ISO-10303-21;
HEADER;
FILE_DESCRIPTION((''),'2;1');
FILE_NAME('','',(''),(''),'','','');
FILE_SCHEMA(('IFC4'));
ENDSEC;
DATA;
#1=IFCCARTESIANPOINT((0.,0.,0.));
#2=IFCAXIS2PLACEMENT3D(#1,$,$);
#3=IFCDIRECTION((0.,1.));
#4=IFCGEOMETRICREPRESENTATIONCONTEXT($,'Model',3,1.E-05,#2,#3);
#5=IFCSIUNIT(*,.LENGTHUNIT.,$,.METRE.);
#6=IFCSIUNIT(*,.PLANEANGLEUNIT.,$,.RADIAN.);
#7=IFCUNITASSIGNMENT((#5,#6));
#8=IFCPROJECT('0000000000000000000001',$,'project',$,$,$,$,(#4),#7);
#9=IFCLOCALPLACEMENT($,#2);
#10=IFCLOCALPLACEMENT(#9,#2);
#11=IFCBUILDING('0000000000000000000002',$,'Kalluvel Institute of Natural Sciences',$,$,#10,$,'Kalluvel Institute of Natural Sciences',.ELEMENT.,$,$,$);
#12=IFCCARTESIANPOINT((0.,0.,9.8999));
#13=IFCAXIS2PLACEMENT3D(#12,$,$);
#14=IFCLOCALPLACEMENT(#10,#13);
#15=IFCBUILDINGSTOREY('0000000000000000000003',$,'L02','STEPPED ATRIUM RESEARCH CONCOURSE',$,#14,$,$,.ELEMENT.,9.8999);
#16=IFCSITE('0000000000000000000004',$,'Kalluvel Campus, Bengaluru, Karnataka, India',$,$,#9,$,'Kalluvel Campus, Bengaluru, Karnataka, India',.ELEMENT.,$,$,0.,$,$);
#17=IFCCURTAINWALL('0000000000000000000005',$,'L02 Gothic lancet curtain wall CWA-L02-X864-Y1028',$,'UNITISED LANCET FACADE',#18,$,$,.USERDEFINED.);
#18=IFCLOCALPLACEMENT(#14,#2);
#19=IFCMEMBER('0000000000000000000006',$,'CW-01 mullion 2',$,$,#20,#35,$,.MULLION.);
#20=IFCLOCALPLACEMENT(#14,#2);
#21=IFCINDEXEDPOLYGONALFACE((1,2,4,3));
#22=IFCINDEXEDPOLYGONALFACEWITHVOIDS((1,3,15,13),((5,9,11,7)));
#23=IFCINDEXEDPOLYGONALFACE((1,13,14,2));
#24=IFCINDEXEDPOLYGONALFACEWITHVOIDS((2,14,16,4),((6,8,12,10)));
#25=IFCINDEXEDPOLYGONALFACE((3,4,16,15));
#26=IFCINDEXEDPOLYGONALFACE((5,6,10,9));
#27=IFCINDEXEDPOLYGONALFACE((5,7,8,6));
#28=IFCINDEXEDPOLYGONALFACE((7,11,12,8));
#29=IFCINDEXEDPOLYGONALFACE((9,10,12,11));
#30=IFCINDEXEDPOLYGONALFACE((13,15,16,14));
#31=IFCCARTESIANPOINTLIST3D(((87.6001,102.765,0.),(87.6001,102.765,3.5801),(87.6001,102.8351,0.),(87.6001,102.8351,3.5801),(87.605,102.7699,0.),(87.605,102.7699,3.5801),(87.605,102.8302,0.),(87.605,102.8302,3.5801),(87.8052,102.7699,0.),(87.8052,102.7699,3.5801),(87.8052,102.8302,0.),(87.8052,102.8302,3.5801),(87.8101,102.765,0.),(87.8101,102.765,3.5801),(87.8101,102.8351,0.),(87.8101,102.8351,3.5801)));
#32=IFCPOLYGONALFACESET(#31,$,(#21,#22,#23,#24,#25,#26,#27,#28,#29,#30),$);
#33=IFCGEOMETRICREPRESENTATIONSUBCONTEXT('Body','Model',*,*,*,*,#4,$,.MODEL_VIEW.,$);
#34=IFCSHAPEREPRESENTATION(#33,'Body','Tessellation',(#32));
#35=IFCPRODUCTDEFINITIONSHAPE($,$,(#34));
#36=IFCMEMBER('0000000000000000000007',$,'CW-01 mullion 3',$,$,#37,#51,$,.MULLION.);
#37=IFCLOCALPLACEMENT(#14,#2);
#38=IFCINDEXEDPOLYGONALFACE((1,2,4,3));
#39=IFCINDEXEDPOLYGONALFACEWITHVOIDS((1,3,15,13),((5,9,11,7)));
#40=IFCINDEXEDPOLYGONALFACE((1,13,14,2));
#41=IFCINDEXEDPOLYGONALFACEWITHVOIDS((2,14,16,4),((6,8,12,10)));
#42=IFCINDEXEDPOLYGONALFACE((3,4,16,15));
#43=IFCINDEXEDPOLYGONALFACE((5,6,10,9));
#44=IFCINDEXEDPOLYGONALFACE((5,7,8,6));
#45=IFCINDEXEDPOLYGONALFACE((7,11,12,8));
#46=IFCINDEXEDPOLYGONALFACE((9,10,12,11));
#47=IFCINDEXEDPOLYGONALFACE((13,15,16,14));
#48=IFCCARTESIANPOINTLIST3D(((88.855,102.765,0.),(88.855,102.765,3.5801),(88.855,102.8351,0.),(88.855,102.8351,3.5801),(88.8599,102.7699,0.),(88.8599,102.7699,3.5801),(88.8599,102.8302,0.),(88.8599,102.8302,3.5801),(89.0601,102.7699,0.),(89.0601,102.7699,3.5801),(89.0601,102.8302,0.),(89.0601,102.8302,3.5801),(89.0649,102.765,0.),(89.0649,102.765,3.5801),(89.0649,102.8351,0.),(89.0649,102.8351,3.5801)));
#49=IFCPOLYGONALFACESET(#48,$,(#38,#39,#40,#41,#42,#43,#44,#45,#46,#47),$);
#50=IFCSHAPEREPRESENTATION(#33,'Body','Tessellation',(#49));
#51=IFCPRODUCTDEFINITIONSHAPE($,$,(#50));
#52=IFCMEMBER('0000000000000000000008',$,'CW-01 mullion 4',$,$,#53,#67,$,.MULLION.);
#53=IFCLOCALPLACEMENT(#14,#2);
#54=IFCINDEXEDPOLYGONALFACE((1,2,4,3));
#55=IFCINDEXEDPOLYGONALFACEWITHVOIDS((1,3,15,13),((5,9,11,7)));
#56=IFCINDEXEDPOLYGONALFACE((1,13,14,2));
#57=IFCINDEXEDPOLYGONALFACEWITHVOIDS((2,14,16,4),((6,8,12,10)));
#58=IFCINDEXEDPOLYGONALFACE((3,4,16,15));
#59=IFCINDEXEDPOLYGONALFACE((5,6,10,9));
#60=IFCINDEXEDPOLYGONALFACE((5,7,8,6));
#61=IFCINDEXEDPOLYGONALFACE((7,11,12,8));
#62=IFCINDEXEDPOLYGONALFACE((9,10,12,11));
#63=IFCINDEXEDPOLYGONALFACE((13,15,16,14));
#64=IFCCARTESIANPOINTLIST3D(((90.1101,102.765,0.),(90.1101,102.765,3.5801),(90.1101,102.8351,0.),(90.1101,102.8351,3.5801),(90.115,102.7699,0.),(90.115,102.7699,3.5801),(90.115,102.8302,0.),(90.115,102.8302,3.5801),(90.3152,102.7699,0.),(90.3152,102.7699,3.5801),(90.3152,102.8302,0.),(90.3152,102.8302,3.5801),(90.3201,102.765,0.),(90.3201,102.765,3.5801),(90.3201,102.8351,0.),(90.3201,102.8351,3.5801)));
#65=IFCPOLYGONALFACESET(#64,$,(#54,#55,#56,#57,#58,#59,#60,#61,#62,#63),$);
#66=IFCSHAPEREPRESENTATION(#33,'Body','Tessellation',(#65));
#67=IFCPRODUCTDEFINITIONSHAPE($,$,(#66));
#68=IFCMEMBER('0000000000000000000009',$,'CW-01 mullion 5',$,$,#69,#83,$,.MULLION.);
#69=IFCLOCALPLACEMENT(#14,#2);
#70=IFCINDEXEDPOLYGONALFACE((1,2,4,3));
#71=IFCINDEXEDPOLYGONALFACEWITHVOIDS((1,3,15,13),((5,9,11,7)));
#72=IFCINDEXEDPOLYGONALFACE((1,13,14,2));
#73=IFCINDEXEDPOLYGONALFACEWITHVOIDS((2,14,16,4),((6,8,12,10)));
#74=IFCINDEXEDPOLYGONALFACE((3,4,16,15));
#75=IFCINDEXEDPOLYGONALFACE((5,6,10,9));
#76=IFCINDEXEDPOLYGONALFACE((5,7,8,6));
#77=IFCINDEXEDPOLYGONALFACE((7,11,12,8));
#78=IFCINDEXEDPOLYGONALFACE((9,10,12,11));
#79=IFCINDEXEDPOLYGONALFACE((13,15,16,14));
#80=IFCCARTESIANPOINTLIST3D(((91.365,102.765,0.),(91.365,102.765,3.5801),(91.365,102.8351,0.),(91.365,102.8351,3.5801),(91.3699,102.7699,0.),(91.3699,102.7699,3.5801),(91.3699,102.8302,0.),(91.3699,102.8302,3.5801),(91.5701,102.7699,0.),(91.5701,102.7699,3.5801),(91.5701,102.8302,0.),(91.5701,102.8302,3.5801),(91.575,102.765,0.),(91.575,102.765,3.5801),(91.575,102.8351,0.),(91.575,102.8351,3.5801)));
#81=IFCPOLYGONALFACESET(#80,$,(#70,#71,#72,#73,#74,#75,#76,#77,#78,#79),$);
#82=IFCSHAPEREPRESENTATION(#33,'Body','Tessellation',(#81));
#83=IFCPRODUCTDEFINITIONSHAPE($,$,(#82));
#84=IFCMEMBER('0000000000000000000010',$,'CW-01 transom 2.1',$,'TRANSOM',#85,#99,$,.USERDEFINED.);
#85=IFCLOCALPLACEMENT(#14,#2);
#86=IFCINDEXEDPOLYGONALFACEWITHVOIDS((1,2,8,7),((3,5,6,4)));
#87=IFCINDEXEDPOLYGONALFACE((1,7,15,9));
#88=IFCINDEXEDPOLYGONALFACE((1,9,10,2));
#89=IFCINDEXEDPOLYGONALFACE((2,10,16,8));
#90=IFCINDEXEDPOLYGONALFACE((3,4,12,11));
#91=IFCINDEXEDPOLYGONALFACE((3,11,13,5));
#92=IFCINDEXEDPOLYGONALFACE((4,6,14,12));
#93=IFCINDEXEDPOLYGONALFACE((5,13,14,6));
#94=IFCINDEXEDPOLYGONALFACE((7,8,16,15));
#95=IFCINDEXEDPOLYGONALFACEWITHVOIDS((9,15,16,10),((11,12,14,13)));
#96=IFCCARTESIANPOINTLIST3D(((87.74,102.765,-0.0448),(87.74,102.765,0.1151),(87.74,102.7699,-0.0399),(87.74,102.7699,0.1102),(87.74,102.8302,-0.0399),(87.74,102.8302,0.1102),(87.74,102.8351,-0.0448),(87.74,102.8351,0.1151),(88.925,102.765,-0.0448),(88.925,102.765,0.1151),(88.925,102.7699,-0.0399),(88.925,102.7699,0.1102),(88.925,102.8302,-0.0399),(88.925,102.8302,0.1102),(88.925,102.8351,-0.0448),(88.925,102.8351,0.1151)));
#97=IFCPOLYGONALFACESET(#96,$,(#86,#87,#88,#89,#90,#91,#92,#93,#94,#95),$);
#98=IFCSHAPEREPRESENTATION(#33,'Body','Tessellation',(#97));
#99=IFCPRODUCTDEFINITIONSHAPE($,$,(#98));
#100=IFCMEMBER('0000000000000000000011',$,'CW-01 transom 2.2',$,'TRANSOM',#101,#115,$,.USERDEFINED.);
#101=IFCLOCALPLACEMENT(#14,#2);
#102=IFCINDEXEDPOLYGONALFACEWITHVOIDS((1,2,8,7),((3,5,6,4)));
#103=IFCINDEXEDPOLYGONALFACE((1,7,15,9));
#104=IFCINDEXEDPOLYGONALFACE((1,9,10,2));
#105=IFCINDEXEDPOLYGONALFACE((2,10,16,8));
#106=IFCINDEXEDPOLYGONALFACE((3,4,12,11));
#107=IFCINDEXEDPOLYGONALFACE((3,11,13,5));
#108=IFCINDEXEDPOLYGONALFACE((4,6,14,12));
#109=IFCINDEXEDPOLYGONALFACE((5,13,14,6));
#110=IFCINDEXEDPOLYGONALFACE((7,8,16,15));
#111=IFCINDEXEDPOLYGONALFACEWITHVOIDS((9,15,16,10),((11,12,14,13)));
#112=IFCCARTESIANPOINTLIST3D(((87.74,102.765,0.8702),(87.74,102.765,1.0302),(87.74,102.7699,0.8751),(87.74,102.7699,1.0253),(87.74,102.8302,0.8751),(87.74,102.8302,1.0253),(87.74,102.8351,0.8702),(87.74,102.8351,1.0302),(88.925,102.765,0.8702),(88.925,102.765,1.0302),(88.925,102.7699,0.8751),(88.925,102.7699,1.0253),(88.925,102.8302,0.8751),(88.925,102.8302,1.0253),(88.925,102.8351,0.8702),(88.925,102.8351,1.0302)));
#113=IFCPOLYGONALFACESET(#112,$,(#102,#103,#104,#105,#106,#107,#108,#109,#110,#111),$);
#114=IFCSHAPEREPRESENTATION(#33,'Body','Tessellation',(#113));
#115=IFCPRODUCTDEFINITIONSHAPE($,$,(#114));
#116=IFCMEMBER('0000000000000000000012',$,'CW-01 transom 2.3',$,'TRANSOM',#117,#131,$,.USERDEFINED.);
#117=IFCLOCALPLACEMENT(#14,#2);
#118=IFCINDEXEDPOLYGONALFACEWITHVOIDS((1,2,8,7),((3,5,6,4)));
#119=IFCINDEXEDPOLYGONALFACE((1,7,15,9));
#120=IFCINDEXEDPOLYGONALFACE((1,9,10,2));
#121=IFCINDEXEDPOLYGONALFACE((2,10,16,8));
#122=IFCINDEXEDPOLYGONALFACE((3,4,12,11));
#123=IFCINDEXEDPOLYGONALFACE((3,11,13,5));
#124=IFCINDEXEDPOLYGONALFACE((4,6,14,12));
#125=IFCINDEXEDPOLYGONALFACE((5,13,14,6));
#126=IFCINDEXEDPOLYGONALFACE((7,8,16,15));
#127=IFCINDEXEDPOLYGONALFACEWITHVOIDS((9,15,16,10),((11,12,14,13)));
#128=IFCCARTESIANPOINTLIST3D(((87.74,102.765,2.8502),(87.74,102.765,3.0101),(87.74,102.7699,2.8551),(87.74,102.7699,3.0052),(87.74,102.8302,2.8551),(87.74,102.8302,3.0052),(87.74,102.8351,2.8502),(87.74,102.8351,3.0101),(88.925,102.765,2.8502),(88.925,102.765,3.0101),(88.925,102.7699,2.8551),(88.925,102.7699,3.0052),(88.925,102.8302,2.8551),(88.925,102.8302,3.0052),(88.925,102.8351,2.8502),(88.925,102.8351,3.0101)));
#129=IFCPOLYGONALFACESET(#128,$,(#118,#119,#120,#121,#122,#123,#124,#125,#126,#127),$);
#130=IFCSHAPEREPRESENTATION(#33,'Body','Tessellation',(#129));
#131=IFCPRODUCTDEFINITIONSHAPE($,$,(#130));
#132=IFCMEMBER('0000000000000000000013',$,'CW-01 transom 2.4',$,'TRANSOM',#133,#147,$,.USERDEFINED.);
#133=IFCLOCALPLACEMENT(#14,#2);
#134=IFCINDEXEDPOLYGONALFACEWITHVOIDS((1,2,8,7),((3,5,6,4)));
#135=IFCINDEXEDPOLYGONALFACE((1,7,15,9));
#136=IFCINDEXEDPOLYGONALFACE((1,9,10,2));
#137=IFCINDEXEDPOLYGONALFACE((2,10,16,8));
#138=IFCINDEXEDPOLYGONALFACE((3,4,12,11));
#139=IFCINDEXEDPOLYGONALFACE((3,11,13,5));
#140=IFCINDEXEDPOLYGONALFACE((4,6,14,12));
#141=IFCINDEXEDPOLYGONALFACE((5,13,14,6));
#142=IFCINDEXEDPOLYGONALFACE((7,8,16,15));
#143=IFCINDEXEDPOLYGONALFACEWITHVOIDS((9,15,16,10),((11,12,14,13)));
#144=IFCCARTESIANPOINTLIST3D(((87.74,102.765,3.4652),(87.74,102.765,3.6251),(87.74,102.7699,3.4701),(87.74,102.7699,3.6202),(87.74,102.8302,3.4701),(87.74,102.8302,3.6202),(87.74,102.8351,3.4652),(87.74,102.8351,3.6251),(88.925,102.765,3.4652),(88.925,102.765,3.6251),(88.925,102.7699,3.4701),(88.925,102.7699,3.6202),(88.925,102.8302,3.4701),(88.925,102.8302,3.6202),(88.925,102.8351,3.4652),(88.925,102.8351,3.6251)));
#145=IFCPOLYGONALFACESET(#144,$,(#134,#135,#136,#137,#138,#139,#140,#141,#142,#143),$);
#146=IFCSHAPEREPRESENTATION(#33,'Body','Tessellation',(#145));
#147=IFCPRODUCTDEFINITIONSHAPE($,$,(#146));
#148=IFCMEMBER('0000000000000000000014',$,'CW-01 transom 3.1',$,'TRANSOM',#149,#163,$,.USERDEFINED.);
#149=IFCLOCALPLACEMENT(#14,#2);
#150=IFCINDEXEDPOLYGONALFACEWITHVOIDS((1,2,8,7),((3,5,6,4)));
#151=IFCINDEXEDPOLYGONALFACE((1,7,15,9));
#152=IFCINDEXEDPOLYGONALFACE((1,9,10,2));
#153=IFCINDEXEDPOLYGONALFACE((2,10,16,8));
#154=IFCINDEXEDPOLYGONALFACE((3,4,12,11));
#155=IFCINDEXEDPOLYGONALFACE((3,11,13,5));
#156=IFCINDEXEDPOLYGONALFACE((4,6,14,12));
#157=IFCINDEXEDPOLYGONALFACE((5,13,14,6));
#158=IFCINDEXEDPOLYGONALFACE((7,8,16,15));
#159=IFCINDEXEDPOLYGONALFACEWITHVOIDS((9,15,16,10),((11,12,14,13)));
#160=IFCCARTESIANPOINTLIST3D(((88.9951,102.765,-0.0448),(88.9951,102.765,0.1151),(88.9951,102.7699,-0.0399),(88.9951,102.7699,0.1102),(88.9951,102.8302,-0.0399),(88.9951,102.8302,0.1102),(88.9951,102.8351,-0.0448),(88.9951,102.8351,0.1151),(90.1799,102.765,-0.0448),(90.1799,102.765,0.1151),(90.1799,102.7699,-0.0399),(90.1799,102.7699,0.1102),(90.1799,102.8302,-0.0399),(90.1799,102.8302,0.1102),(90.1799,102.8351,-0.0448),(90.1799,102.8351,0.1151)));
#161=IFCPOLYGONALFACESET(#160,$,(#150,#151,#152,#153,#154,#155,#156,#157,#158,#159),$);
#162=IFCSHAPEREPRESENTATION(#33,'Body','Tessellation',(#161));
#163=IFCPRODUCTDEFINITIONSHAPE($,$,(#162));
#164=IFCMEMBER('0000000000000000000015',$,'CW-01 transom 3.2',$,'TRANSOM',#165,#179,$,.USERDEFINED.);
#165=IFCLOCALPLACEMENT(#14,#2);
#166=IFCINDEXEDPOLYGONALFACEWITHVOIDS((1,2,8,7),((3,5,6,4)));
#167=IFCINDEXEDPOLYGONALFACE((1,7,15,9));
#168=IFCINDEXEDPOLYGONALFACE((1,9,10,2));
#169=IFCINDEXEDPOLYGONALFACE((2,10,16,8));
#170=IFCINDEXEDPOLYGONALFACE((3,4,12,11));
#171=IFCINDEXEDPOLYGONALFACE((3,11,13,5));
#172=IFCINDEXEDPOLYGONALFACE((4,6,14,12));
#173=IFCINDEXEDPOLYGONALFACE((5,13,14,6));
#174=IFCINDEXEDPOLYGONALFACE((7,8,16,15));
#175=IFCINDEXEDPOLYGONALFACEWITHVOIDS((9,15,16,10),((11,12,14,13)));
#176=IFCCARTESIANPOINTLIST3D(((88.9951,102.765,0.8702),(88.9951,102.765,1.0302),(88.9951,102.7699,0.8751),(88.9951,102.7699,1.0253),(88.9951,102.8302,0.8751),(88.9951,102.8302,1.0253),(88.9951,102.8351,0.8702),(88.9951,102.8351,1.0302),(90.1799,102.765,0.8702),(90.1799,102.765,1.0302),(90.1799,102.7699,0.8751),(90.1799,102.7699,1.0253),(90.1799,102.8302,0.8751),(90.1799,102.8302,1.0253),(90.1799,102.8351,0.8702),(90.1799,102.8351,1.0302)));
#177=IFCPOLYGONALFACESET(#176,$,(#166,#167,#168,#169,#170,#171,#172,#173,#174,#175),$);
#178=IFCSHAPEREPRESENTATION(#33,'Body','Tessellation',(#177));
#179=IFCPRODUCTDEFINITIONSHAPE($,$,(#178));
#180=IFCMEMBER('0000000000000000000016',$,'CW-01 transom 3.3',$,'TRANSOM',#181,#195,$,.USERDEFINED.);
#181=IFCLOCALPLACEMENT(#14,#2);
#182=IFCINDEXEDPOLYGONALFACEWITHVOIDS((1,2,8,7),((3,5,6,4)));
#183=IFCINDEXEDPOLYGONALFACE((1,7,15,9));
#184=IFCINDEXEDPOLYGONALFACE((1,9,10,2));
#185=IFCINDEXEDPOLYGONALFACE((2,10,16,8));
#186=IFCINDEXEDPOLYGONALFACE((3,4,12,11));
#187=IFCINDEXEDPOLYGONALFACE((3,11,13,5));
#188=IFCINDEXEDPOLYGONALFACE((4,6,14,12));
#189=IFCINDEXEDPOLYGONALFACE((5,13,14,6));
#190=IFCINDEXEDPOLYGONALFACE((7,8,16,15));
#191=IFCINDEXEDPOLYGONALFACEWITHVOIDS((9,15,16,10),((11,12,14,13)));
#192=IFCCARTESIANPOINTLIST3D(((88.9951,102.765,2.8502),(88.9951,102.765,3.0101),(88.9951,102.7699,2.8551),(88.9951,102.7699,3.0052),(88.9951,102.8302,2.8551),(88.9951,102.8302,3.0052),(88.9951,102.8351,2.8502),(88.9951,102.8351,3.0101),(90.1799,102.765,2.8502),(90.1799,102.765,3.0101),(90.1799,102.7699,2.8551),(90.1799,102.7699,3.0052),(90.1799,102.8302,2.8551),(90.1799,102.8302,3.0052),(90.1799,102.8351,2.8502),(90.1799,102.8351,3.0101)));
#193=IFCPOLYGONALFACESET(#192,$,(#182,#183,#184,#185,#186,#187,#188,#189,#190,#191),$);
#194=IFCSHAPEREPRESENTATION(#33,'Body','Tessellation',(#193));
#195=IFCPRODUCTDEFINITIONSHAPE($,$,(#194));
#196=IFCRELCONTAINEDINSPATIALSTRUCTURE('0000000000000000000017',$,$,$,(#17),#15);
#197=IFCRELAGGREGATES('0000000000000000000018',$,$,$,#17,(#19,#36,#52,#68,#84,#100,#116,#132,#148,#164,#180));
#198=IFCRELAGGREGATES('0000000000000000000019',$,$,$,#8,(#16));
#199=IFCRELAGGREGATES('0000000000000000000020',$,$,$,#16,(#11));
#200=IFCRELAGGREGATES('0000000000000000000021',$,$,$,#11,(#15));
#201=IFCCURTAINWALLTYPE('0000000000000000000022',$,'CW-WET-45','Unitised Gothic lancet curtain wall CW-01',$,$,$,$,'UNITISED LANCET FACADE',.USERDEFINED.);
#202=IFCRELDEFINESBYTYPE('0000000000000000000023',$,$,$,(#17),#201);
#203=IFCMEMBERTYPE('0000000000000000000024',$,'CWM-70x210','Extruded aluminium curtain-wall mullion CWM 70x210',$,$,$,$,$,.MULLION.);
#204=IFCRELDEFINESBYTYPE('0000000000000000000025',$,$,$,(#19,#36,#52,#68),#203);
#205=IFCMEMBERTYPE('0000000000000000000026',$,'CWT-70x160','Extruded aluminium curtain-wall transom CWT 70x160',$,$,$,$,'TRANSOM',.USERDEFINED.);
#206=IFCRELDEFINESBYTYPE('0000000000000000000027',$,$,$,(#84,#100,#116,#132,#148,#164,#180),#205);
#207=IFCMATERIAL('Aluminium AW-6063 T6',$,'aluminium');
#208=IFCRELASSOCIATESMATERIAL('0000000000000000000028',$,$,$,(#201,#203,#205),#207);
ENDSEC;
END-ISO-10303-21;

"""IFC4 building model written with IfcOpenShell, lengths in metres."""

from ifc_helpers import new_model, si_unit, direction, frame, origin, origin_2d, place, context, subcontext, project, spatial, hollow_rectangle, extrude, material, material_profile, profile_set, type_object, element, aggregate, save


model = new_model("IFC4")

# Units and contexts
model_context = context("Model", 3, precision=1e-05, world=origin(), true_north=direction((0.0, 1.0)))
body_context = subcontext(model_context, "Body", "Model", "MODEL_VIEW")
ifc_project = project(units=[si_unit("LENGTHUNIT", "METRE"), si_unit("PLANEANGLEUNIT", "RADIAN")], contexts=[model_context])

# Site, building, storey
site_placement = place(None, origin())
site = spatial("IfcSite", under=ifc_project, at=site_placement, Name="Kalluvel Campus, Bengaluru, Karnataka, India", LongName="Kalluvel Campus, Bengaluru, Karnataka, India", CompositionType="ELEMENT", RefElevation=0.0)
building_placement = place(site_placement, origin())
building = spatial("IfcBuilding", under=site, at=building_placement, Name="Kalluvel Institute of Natural Sciences", LongName="Kalluvel Institute of Natural Sciences", CompositionType="ELEMENT")
storey_placement = place(building_placement, frame((0.0, 0.0, 9.8999)))
storey = spatial("IfcBuildingStorey", under=building, at=storey_placement, Name="L02", Description="STEPPED ATRIUM RESEARCH CONCOURSE", CompositionType="ELEMENT", Elevation=9.8999)

# Curtain wall, members
ifc_material_1 = material(Name="Aluminium AW-6063 T6", Category="aluminium")
curtain_wall_type = type_object("IfcCurtainWallType", Name="CW-WET-45", Description="Unitised Gothic lancet curtain wall CW-01", ElementType="UNITISED LANCET FACADE", PredefinedType="USERDEFINED", material=ifc_material_1)
curtain_wall_placement = place(storey_placement, origin())
curtain_wall = element("IfcCurtainWall", 1, at=curtain_wall_placement, inside=storey, type_object=curtain_wall_type, Name="L02 Gothic lancet curtain wall CWA-L02-X864-Y1028", ObjectType="UNITISED LANCET FACADE", PredefinedType="USERDEFINED")
ifc_material_profile_1 = material_profile(ifc_material_1, hollow_rectangle(XDim=0.0701, YDim=0.21, WallThickness=0.0049, at=origin_2d()), Name="CWM 70x210")
ifc_profile_set_1 = profile_set([ifc_material_profile_1], Name="Aluminium AW-6063 T6")
member_type_1 = type_object("IfcMemberType", Name="CWM-70x210", Description="Extruded aluminium curtain-wall mullion CWM 70x210", PredefinedType="MULLION", material=ifc_profile_set_1)
member_1_placement = place(storey_placement, frame((87.7051, 102.8, 0.0), z_axis=(0.0, 0.0, 1.0), x_axis=(0.0, 1.0, 0.0)))
member_1 = element("IfcMember", 2, at=member_1_placement, type_object=member_type_1, Name="CW-01 mullion 2", PredefinedType="MULLION", context=body_context, shape_type="SweptSolid", body=[
    extrude(hollow_rectangle(XDim=0.0701, YDim=0.21, WallThickness=0.0049, at=origin_2d()), origin(), (0.0, 0.0, 1.0), 3.5801),
])
member_2_placement = place(storey_placement, frame((88.96, 102.8, 0.0), z_axis=(0.0, 0.0, 1.0), x_axis=(0.0, 1.0, 0.0)))
member_2 = element("IfcMember", 3, at=member_2_placement, type_object=member_type_1, Name="CW-01 mullion 3", PredefinedType="MULLION", context=body_context, shape_type="SweptSolid", body=[
    extrude(hollow_rectangle(XDim=0.0701, YDim=0.21, WallThickness=0.0049, at=origin_2d()), origin(), (0.0, 0.0, 1.0), 3.5801),
])
member_3_placement = place(storey_placement, frame((90.2151, 102.8, 0.0), z_axis=(0.0, 0.0, 1.0), x_axis=(0.0, 1.0, 0.0)))
member_3 = element("IfcMember", 4, at=member_3_placement, type_object=member_type_1, Name="CW-01 mullion 4", PredefinedType="MULLION", context=body_context, shape_type="SweptSolid", body=[
    extrude(hollow_rectangle(XDim=0.0701, YDim=0.21, WallThickness=0.0049, at=origin_2d()), origin(), (0.0, 0.0, 1.0), 3.5801),
])
member_4_placement = place(storey_placement, frame((91.47, 102.8, 0.0), z_axis=(0.0, 0.0, 1.0), x_axis=(0.0, 1.0, 0.0)))
member_4 = element("IfcMember", 5, at=member_4_placement, type_object=member_type_1, Name="CW-01 mullion 5", PredefinedType="MULLION", context=body_context, shape_type="SweptSolid", body=[
    extrude(hollow_rectangle(XDim=0.0701, YDim=0.21, WallThickness=0.0049, at=origin_2d()), origin(), (0.0, 0.0, 1.0), 3.5801),
])
ifc_material_profile_2 = material_profile(ifc_material_1, hollow_rectangle(XDim=0.0701, YDim=0.1599, WallThickness=0.0049, at=origin_2d()), Name="CWT 70x160")
ifc_profile_set_2 = profile_set([ifc_material_profile_2], Name="Aluminium AW-6063 T6")
member_type_2 = type_object("IfcMemberType", Name="CWT-70x160", Description="Extruded aluminium curtain-wall transom CWT 70x160", ElementType="TRANSOM", PredefinedType="USERDEFINED", material=ifc_profile_set_2)
member_5_placement = place(storey_placement, frame((87.74, 102.8, 0.0352), z_axis=(1.0, 0.0, 0.0), x_axis=(0.0, 1.0, 0.0)))
member_5 = element("IfcMember", 6, at=member_5_placement, type_object=member_type_2, Name="CW-01 transom 2.1", ObjectType="TRANSOM", PredefinedType="USERDEFINED", context=body_context, shape_type="SweptSolid", body=[
    extrude(hollow_rectangle(XDim=0.0701, YDim=0.1599, WallThickness=0.0049, at=origin_2d()), origin(), (0.0, 0.0, 1.0), 1.1851),
])
member_6_placement = place(storey_placement, frame((87.74, 102.8, 0.9502), z_axis=(1.0, 0.0, 0.0), x_axis=(0.0, 1.0, 0.0)))
member_6 = element("IfcMember", 7, at=member_6_placement, type_object=member_type_2, Name="CW-01 transom 2.2", ObjectType="TRANSOM", PredefinedType="USERDEFINED", context=body_context, shape_type="SweptSolid", body=[
    extrude(hollow_rectangle(XDim=0.0701, YDim=0.1599, WallThickness=0.0049, at=origin_2d()), origin(), (0.0, 0.0, 1.0), 1.1851),
])
member_7_placement = place(storey_placement, frame((87.74, 102.8, 2.9302), z_axis=(1.0, 0.0, 0.0), x_axis=(0.0, 1.0, 0.0)))
member_7 = element("IfcMember", 8, at=member_7_placement, type_object=member_type_2, Name="CW-01 transom 2.3", ObjectType="TRANSOM", PredefinedType="USERDEFINED", context=body_context, shape_type="SweptSolid", body=[
    extrude(hollow_rectangle(XDim=0.0701, YDim=0.1599, WallThickness=0.0049, at=origin_2d()), origin(), (0.0, 0.0, 1.0), 1.1851),
])
member_8_placement = place(storey_placement, frame((87.74, 102.8, 3.5452), z_axis=(1.0, 0.0, 0.0), x_axis=(0.0, 1.0, 0.0)))
member_8 = element("IfcMember", 9, at=member_8_placement, type_object=member_type_2, Name="CW-01 transom 2.4", ObjectType="TRANSOM", PredefinedType="USERDEFINED", context=body_context, shape_type="SweptSolid", body=[
    extrude(hollow_rectangle(XDim=0.0701, YDim=0.1599, WallThickness=0.0049, at=origin_2d()), origin(), (0.0, 0.0, 1.0), 1.1851),
])
member_9_placement = place(storey_placement, frame((88.9951, 102.8, 0.0352), z_axis=(1.0, 0.0, 0.0), x_axis=(0.0, 1.0, 0.0)))
member_9 = element("IfcMember", 10, at=member_9_placement, type_object=member_type_2, Name="CW-01 transom 3.1", ObjectType="TRANSOM", PredefinedType="USERDEFINED", context=body_context, shape_type="SweptSolid", body=[
    extrude(hollow_rectangle(XDim=0.0701, YDim=0.1599, WallThickness=0.0049, at=origin_2d()), origin(), (0.0, 0.0, 1.0), 1.1848),
])
member_10_placement = place(storey_placement, frame((88.9951, 102.8, 0.9502), z_axis=(1.0, 0.0, 0.0), x_axis=(0.0, 1.0, 0.0)))
member_10 = element("IfcMember", 11, at=member_10_placement, type_object=member_type_2, Name="CW-01 transom 3.2", ObjectType="TRANSOM", PredefinedType="USERDEFINED", context=body_context, shape_type="SweptSolid", body=[
    extrude(hollow_rectangle(XDim=0.0701, YDim=0.1599, WallThickness=0.0049, at=origin_2d()), origin(), (0.0, 0.0, 1.0), 1.1848),
])
member_11_placement = place(storey_placement, frame((88.9951, 102.8, 2.9302), z_axis=(1.0, 0.0, 0.0), x_axis=(0.0, 1.0, 0.0)))
member_11 = element("IfcMember", 12, at=member_11_placement, type_object=member_type_2, Name="CW-01 transom 3.3", ObjectType="TRANSOM", PredefinedType="USERDEFINED", context=body_context, shape_type="SweptSolid", body=[
    extrude(hollow_rectangle(XDim=0.0701, YDim=0.1599, WallThickness=0.0049, at=origin_2d()), origin(), (0.0, 0.0, 1.0), 1.1848),
])
aggregate(curtain_wall, [member_1, member_2, member_3, member_4, member_5, member_6, member_7, member_8, member_9, member_10, member_11])

save(model, "model.ifc")
